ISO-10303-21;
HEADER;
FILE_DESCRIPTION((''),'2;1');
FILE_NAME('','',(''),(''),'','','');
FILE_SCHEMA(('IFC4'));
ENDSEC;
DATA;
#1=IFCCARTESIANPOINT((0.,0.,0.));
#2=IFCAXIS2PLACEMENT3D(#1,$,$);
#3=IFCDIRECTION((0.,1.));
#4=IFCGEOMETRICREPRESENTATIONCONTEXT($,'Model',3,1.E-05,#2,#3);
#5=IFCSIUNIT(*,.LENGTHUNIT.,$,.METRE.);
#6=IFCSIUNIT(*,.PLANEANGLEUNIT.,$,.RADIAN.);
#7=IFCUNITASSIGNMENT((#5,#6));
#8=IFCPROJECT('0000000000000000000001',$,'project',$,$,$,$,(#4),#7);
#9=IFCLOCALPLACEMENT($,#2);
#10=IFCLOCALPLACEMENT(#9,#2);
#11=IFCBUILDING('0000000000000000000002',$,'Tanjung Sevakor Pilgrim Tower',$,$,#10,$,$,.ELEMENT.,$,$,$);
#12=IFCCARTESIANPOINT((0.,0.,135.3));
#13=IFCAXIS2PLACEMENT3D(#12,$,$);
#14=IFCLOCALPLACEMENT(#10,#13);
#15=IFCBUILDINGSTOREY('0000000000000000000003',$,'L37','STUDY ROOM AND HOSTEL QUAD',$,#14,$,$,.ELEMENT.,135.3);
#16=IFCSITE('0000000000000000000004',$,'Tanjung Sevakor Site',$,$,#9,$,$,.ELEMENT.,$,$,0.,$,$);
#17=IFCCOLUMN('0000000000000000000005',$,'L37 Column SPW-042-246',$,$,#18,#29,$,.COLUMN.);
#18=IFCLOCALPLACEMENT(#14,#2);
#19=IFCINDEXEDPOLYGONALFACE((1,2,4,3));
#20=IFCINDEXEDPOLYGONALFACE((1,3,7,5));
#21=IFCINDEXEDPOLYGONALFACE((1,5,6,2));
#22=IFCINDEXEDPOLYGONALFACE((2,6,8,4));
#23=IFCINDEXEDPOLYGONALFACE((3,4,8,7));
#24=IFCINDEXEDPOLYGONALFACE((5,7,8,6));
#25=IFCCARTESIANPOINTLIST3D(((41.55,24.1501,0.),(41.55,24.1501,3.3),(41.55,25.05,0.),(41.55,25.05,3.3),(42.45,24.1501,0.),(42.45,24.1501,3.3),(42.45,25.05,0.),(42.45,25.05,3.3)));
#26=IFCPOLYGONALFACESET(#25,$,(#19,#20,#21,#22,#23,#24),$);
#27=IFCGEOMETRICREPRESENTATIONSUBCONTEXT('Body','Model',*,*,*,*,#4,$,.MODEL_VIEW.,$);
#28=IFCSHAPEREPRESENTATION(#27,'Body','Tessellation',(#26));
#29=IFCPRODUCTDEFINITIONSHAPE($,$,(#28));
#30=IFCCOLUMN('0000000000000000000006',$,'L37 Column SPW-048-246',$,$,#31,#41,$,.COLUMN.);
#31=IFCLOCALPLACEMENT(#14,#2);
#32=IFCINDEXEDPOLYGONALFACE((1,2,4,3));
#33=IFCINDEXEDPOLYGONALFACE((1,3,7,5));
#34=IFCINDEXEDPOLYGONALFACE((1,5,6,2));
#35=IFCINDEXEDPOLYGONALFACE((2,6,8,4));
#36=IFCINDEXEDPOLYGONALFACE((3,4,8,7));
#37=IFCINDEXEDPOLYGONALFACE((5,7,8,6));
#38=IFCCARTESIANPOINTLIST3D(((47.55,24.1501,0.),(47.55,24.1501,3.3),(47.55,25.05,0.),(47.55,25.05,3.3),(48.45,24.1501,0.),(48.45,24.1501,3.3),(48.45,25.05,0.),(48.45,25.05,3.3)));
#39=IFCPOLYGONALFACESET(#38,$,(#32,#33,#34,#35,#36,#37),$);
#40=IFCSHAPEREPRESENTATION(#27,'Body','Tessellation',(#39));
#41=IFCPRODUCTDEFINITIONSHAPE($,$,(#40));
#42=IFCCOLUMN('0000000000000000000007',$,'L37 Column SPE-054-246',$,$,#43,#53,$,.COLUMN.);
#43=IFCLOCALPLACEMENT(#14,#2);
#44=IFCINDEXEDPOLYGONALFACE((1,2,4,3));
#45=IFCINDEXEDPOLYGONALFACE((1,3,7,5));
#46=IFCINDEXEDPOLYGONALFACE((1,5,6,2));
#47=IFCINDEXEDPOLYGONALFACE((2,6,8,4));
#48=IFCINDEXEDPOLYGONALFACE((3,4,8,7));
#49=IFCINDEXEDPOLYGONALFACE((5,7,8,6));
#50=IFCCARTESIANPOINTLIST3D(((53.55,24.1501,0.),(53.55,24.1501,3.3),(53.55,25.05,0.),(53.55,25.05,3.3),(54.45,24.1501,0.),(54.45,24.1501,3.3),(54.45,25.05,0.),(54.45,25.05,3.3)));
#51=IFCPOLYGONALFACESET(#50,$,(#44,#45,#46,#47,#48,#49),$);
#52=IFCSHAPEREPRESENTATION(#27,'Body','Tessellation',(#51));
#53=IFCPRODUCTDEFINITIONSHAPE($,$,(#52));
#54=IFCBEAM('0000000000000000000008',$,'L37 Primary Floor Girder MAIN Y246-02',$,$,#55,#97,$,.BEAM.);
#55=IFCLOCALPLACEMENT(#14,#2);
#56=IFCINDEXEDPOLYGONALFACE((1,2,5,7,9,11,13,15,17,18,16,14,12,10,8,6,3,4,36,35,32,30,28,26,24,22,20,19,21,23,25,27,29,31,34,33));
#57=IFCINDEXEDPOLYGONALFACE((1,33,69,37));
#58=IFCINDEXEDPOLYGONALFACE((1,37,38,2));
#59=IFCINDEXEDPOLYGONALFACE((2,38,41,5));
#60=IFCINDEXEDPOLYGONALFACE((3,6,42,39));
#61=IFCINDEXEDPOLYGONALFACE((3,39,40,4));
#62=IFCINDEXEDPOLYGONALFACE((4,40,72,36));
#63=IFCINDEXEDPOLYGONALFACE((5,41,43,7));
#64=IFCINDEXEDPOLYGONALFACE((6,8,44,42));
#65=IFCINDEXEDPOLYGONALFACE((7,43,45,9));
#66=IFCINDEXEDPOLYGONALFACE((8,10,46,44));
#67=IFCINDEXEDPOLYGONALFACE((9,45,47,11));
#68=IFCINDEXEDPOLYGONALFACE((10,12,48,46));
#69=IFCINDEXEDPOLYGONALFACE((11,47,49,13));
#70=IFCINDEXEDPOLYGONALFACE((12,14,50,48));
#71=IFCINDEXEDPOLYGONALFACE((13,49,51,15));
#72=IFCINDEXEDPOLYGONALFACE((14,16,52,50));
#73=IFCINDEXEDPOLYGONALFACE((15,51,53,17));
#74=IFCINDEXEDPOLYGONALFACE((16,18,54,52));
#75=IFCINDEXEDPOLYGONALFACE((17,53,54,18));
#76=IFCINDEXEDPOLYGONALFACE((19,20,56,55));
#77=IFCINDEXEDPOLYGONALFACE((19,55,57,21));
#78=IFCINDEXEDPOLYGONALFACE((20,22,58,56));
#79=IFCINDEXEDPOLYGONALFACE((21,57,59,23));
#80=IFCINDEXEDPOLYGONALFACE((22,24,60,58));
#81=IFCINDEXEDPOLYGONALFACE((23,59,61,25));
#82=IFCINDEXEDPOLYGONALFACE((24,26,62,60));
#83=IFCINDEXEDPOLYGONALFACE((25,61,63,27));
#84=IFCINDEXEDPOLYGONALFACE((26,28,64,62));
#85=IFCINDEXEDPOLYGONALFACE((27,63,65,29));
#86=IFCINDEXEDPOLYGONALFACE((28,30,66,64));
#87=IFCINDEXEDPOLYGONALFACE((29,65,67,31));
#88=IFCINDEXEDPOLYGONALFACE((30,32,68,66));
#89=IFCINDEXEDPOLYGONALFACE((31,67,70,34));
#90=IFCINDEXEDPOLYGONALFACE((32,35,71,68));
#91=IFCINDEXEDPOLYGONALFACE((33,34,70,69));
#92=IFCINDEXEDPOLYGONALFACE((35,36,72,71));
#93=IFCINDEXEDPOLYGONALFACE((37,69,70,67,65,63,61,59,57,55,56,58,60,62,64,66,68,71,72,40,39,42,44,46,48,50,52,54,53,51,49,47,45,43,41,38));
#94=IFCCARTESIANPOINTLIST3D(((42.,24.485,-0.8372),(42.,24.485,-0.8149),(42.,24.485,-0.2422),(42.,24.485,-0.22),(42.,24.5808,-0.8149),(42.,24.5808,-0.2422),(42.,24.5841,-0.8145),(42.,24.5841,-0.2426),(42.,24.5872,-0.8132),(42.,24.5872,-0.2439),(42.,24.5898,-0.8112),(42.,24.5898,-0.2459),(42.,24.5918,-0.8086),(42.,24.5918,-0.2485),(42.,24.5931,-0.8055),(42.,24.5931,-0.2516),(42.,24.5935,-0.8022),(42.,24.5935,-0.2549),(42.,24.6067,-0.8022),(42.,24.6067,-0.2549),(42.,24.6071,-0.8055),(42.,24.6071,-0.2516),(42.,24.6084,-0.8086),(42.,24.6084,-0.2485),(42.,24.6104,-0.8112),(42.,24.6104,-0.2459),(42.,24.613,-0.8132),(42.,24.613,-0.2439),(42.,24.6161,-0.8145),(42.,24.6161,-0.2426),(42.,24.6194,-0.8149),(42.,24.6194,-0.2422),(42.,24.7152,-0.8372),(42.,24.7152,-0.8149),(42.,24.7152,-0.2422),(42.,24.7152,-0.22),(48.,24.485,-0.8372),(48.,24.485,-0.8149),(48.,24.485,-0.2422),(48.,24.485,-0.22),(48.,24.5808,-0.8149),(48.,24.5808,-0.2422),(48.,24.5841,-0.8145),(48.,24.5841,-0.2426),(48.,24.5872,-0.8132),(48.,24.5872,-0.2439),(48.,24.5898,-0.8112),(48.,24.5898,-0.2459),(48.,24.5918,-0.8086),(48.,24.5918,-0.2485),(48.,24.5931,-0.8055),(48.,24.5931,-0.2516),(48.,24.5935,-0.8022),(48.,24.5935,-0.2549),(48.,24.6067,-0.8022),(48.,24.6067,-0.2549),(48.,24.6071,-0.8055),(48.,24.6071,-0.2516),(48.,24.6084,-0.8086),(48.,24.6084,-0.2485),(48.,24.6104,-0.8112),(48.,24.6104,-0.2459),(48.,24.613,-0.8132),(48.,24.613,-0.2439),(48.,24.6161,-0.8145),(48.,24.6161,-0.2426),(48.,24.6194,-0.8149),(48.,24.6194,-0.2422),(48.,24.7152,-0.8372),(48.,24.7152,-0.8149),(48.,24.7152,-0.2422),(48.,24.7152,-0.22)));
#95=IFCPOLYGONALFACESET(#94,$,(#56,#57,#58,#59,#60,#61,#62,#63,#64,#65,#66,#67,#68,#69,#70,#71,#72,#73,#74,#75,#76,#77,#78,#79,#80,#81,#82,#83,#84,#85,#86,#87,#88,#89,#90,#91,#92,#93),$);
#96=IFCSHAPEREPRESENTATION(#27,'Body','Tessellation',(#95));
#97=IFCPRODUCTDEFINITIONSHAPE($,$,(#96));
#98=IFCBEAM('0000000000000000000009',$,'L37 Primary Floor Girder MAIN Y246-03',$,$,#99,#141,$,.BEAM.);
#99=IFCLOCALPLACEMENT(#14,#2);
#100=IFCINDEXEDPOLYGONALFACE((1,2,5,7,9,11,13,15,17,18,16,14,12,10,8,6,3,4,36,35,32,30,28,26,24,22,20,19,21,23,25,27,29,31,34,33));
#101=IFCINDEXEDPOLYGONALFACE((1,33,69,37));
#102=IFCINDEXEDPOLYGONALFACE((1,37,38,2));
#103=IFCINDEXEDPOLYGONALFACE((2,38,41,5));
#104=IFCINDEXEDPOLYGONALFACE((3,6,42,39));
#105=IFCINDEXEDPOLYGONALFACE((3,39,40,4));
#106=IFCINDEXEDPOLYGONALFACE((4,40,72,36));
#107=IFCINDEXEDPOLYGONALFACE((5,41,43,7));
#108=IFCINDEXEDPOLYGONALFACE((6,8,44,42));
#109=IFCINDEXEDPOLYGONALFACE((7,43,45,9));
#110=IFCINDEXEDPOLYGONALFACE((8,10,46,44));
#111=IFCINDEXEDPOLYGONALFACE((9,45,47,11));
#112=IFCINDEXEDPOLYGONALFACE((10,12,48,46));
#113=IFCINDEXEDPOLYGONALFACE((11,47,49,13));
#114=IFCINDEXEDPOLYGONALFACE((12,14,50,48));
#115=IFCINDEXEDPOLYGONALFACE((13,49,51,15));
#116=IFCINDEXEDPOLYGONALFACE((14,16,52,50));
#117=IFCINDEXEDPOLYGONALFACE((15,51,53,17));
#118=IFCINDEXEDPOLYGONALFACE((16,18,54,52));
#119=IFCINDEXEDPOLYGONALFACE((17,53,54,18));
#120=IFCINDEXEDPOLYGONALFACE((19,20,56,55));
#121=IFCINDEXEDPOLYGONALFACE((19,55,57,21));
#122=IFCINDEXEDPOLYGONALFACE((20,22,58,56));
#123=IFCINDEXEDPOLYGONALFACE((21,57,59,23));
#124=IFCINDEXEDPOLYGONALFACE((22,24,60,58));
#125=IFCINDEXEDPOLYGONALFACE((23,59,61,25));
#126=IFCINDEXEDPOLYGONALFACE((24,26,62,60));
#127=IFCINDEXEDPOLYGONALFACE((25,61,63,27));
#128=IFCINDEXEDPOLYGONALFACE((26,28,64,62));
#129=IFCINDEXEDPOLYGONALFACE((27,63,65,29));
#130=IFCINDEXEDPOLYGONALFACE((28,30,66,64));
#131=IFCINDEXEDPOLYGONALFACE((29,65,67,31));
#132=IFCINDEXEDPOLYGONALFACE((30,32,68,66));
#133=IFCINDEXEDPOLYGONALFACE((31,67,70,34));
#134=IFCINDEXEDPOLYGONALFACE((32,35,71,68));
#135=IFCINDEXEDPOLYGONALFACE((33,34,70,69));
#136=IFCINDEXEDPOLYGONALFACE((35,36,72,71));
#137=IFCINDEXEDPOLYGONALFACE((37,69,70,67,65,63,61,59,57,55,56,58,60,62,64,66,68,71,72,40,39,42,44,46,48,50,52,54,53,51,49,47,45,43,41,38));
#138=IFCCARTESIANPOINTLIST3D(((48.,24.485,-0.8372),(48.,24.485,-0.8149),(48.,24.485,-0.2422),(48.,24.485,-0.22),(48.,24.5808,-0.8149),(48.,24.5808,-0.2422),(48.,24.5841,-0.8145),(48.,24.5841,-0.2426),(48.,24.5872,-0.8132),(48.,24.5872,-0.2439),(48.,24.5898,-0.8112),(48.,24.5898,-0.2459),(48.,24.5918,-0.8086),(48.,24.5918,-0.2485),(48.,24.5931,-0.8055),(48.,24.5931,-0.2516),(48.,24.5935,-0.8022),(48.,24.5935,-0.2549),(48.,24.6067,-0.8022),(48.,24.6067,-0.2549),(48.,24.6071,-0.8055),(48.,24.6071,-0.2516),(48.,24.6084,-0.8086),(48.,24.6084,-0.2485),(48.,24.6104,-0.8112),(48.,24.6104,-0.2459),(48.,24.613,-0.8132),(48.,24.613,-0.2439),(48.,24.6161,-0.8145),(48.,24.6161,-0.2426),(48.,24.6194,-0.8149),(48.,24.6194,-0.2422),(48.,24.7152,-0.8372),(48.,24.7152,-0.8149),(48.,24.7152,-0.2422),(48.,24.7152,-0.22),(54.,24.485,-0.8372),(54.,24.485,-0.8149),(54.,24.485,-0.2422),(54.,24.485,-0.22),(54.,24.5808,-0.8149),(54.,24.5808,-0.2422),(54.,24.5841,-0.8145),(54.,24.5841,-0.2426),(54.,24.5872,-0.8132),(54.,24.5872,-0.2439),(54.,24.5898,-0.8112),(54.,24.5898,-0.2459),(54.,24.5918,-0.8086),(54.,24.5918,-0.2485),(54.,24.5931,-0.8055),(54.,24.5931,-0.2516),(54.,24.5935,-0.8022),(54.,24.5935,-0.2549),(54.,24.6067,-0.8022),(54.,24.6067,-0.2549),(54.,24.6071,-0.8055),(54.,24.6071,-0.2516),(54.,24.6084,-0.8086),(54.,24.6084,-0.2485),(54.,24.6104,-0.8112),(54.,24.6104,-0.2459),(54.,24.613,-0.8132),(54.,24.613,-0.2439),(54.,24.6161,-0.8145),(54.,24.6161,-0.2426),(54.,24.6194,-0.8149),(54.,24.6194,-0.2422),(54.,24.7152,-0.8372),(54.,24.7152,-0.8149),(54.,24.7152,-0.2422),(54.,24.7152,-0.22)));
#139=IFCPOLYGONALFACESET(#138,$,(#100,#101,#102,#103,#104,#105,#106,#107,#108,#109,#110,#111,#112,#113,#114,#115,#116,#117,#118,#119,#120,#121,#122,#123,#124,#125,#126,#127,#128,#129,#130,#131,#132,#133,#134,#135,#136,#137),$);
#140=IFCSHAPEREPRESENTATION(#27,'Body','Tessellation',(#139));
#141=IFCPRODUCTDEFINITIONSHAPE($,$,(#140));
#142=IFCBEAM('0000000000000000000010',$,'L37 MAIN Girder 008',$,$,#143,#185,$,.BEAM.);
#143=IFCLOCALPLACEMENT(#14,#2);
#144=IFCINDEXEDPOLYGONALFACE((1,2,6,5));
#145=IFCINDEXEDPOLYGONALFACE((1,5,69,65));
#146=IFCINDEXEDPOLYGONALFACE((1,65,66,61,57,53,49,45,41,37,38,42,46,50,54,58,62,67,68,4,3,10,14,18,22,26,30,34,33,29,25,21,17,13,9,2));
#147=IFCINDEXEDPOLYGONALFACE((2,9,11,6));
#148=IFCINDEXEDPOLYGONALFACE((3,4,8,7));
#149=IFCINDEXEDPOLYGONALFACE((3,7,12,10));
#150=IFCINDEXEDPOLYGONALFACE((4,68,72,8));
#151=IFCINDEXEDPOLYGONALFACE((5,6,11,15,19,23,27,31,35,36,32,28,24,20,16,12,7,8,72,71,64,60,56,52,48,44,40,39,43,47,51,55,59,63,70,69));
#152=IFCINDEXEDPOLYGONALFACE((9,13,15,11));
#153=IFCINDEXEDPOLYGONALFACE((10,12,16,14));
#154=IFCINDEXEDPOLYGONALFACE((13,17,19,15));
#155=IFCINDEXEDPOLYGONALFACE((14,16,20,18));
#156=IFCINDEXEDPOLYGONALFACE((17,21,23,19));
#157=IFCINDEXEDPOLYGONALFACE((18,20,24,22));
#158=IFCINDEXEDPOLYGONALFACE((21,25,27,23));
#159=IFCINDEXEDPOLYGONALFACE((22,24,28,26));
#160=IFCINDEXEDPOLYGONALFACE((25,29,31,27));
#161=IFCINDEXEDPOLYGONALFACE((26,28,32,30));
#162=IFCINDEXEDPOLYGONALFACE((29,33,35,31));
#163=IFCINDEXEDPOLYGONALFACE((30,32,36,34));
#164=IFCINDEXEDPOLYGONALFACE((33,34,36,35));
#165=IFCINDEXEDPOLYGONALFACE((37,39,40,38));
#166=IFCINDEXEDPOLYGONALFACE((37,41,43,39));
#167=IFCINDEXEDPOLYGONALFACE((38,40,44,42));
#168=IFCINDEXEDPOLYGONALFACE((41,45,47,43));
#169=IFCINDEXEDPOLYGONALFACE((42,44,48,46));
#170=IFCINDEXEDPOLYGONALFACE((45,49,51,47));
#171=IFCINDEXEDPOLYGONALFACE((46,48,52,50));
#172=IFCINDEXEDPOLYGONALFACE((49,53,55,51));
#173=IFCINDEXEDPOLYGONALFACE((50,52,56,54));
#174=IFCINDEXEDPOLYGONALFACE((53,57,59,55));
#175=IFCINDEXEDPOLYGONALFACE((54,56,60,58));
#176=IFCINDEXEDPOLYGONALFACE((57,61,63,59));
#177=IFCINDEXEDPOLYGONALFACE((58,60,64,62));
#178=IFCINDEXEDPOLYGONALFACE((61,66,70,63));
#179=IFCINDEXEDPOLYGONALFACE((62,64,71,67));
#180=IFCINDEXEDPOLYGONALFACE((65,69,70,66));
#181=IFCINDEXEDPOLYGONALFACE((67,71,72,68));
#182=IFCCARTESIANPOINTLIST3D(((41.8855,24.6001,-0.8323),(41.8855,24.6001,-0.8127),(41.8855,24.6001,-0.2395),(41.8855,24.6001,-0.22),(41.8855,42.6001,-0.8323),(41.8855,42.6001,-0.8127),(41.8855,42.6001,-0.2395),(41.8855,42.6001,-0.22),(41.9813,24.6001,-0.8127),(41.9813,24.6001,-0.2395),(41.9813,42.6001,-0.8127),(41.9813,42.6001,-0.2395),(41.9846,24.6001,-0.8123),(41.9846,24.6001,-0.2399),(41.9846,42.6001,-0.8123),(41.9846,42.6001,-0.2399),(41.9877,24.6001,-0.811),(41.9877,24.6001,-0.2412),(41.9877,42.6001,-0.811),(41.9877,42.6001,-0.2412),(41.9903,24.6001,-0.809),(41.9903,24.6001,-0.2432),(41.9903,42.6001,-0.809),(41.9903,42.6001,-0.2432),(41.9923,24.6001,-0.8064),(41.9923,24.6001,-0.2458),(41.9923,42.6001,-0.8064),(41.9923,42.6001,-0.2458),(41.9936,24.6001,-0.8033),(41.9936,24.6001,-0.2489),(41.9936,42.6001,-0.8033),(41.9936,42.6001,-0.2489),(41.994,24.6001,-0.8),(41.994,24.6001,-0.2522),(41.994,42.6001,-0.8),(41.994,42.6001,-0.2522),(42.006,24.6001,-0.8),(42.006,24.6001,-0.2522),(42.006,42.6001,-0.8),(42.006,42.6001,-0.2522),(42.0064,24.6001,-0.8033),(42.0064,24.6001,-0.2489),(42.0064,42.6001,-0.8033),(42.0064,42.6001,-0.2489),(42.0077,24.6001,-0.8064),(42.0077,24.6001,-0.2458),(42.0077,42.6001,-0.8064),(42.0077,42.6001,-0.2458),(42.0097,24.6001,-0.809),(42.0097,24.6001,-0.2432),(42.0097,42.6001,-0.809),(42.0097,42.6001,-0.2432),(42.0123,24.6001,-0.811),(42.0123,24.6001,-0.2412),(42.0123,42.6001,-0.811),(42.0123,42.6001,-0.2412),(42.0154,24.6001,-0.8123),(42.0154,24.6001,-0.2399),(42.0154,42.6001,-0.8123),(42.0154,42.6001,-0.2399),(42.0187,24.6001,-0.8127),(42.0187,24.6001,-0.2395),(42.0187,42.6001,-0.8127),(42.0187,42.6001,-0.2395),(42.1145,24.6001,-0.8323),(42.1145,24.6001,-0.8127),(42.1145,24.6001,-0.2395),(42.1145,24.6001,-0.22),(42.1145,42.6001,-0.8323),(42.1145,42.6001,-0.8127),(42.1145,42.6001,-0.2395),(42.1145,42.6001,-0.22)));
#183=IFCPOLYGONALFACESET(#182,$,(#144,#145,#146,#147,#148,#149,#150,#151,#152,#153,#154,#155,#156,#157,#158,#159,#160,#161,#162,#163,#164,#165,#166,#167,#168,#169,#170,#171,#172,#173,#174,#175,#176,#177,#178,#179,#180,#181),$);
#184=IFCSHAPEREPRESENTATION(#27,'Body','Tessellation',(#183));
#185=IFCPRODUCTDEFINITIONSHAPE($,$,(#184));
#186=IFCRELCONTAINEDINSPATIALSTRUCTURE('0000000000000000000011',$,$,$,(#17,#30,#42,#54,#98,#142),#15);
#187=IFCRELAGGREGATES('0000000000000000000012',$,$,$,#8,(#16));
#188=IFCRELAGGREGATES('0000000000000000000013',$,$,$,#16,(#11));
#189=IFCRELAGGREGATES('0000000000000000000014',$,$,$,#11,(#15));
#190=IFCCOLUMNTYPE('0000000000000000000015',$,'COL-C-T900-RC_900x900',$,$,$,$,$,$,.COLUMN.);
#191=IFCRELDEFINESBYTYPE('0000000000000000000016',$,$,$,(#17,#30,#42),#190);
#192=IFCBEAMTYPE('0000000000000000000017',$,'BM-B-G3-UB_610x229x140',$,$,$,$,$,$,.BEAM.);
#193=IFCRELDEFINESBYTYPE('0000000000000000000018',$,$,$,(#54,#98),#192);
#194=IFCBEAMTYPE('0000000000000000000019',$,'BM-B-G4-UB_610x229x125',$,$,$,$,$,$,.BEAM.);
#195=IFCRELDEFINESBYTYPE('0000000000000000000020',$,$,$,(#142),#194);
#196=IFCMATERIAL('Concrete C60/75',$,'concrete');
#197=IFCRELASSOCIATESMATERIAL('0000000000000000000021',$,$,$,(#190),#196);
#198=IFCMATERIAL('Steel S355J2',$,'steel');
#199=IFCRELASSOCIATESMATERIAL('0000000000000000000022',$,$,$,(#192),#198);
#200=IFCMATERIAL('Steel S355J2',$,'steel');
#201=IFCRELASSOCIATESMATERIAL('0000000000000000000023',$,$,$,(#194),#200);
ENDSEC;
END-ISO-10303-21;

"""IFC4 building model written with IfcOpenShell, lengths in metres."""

from ifc_helpers import new_model, si_unit, direction, frame, origin, origin_2d, place, context, subcontext, project, spatial, rectangle, i_section, extrude, material, material_profile, profile_set, type_object, element, save


model = new_model("IFC4")

# Units and contexts
model_context = context("Model", 3, precision=1e-05, world=origin(), true_north=direction((0.0, 1.0)))
body_context = subcontext(model_context, "Body", "Model", "MODEL_VIEW")
ifc_project = project(units=[si_unit("LENGTHUNIT", "METRE"), si_unit("PLANEANGLEUNIT", "RADIAN")], contexts=[model_context])

# Site, building, storey
site_placement = place(None, origin())
site = spatial("IfcSite", under=ifc_project, at=site_placement, Name="Tanjung Sevakor Site", CompositionType="ELEMENT", RefElevation=0.0)
building_placement = place(site_placement, origin())
building = spatial("IfcBuilding", under=site, at=building_placement, Name="Tanjung Sevakor Pilgrim Tower", CompositionType="ELEMENT")
storey_placement = place(building_placement, frame((0.0, 0.0, 135.3)))
storey = spatial("IfcBuildingStorey", under=building, at=storey_placement, Name="L37", Description="STUDY ROOM AND HOSTEL QUAD", CompositionType="ELEMENT", Elevation=135.3)

# Columns
ifc_material_1 = material(Name="Concrete C60/75", Category="concrete")
ifc_material_profile_1 = material_profile(ifc_material_1, rectangle(XDim=0.8999, YDim=0.8999, at=origin_2d()))
ifc_profile_set_1 = profile_set([ifc_material_profile_1], Name="Concrete C60/75")
column_type = type_object("IfcColumnType", Name="COL-C-T900-RC_900x900", PredefinedType="COLUMN", material=ifc_profile_set_1)
for number, where, z_axis, x_axis, name in (
    (1, (42.0, 24.6001, 0.0), (0.0, 0.0, 1.0), (1.0, 0.0, 0.0), "L37 Column SPW-042-246"),
    (2, (48.0, 24.6001, 0.0), (0.0, 0.0, 1.0), (1.0, 0.0, 0.0), "L37 Column SPW-048-246"),
    (3, (54.0, 24.6001, 0.0), (0.0, 0.0, 1.0), (1.0, 0.0, 0.0), "L37 Column SPE-054-246"),
):
    element("IfcColumn", number, at=place(storey_placement, frame(where, z_axis=z_axis, x_axis=x_axis)), inside=storey, type_object=column_type, Name=name, PredefinedType="COLUMN", context=body_context, shape_type="SweptSolid", body=[
        extrude(rectangle(XDim=0.8999, YDim=0.8999, at=origin_2d()), origin(), (0.0, 0.0, 1.0), 3.3),
    ])

# Beams
ifc_material_2 = material(Name="Steel S355J2", Category="steel")
ifc_material_profile_2 = material_profile(ifc_material_2, i_section(OverallWidth=0.2302, OverallDepth=0.6172, WebThickness=0.0132, FlangeThickness=0.0222, FilletRadius=0.0127, at=origin_2d()))
ifc_profile_set_2 = profile_set([ifc_material_profile_2], Name="Steel S355J2")
beam_type_1 = type_object("IfcBeamType", Name="BM-B-G3-UB_610x229x140", PredefinedType="BEAM", material=ifc_profile_set_2)
for number, where, z_axis, x_axis, name in (
    (4, (42.0, 24.6001, -0.5286), (1.0, 0.0, 0.0), (0.0, 1.0, 0.0), "L37 Primary Floor Girder MAIN Y246-02"),
    (5, (48.0, 24.6001, -0.5286), (1.0, 0.0, 0.0), (0.0, 1.0, 0.0), "L37 Primary Floor Girder MAIN Y246-03"),
):
    element("IfcBeam", number, at=place(storey_placement, frame(where, z_axis=z_axis, x_axis=x_axis)), inside=storey, type_object=beam_type_1, Name=name, PredefinedType="BEAM", context=body_context, shape_type="SweptSolid", body=[
        extrude(i_section(OverallWidth=0.2302, OverallDepth=0.6172, WebThickness=0.0132, FlangeThickness=0.0222, FilletRadius=0.0127, at=origin_2d()), origin(), (0.0, 0.0, 1.0), 6.0),
    ])
ifc_material_3 = material(Name="Steel S355J2", Category="steel")
ifc_material_profile_3 = material_profile(ifc_material_3, i_section(OverallWidth=0.229, OverallDepth=0.6123, WebThickness=0.012, FlangeThickness=0.0195, FilletRadius=0.0127, at=origin_2d()))
ifc_profile_set_3 = profile_set([ifc_material_profile_3], Name="Steel S355J2")
beam_type_2 = type_object("IfcBeamType", Name="BM-B-G4-UB_610x229x125", PredefinedType="BEAM", material=ifc_profile_set_3)
beam_placement = place(storey_placement, frame((42.0, 24.6001, -0.5261), z_axis=(0.0, 1.0, 0.0), x_axis=(-1.0, 0.0, 0.0)))
element("IfcBeam", 6, at=beam_placement, inside=storey, type_object=beam_type_2, Name="L37 MAIN Girder 008", PredefinedType="BEAM", context=body_context, shape_type="SweptSolid", body=[
    extrude(i_section(OverallWidth=0.229, OverallDepth=0.6123, WebThickness=0.012, FlangeThickness=0.0195, FilletRadius=0.0127, at=origin_2d()), origin(), (0.0, 0.0, 1.0), 18.0),
])

save(model, "model.ifc")
